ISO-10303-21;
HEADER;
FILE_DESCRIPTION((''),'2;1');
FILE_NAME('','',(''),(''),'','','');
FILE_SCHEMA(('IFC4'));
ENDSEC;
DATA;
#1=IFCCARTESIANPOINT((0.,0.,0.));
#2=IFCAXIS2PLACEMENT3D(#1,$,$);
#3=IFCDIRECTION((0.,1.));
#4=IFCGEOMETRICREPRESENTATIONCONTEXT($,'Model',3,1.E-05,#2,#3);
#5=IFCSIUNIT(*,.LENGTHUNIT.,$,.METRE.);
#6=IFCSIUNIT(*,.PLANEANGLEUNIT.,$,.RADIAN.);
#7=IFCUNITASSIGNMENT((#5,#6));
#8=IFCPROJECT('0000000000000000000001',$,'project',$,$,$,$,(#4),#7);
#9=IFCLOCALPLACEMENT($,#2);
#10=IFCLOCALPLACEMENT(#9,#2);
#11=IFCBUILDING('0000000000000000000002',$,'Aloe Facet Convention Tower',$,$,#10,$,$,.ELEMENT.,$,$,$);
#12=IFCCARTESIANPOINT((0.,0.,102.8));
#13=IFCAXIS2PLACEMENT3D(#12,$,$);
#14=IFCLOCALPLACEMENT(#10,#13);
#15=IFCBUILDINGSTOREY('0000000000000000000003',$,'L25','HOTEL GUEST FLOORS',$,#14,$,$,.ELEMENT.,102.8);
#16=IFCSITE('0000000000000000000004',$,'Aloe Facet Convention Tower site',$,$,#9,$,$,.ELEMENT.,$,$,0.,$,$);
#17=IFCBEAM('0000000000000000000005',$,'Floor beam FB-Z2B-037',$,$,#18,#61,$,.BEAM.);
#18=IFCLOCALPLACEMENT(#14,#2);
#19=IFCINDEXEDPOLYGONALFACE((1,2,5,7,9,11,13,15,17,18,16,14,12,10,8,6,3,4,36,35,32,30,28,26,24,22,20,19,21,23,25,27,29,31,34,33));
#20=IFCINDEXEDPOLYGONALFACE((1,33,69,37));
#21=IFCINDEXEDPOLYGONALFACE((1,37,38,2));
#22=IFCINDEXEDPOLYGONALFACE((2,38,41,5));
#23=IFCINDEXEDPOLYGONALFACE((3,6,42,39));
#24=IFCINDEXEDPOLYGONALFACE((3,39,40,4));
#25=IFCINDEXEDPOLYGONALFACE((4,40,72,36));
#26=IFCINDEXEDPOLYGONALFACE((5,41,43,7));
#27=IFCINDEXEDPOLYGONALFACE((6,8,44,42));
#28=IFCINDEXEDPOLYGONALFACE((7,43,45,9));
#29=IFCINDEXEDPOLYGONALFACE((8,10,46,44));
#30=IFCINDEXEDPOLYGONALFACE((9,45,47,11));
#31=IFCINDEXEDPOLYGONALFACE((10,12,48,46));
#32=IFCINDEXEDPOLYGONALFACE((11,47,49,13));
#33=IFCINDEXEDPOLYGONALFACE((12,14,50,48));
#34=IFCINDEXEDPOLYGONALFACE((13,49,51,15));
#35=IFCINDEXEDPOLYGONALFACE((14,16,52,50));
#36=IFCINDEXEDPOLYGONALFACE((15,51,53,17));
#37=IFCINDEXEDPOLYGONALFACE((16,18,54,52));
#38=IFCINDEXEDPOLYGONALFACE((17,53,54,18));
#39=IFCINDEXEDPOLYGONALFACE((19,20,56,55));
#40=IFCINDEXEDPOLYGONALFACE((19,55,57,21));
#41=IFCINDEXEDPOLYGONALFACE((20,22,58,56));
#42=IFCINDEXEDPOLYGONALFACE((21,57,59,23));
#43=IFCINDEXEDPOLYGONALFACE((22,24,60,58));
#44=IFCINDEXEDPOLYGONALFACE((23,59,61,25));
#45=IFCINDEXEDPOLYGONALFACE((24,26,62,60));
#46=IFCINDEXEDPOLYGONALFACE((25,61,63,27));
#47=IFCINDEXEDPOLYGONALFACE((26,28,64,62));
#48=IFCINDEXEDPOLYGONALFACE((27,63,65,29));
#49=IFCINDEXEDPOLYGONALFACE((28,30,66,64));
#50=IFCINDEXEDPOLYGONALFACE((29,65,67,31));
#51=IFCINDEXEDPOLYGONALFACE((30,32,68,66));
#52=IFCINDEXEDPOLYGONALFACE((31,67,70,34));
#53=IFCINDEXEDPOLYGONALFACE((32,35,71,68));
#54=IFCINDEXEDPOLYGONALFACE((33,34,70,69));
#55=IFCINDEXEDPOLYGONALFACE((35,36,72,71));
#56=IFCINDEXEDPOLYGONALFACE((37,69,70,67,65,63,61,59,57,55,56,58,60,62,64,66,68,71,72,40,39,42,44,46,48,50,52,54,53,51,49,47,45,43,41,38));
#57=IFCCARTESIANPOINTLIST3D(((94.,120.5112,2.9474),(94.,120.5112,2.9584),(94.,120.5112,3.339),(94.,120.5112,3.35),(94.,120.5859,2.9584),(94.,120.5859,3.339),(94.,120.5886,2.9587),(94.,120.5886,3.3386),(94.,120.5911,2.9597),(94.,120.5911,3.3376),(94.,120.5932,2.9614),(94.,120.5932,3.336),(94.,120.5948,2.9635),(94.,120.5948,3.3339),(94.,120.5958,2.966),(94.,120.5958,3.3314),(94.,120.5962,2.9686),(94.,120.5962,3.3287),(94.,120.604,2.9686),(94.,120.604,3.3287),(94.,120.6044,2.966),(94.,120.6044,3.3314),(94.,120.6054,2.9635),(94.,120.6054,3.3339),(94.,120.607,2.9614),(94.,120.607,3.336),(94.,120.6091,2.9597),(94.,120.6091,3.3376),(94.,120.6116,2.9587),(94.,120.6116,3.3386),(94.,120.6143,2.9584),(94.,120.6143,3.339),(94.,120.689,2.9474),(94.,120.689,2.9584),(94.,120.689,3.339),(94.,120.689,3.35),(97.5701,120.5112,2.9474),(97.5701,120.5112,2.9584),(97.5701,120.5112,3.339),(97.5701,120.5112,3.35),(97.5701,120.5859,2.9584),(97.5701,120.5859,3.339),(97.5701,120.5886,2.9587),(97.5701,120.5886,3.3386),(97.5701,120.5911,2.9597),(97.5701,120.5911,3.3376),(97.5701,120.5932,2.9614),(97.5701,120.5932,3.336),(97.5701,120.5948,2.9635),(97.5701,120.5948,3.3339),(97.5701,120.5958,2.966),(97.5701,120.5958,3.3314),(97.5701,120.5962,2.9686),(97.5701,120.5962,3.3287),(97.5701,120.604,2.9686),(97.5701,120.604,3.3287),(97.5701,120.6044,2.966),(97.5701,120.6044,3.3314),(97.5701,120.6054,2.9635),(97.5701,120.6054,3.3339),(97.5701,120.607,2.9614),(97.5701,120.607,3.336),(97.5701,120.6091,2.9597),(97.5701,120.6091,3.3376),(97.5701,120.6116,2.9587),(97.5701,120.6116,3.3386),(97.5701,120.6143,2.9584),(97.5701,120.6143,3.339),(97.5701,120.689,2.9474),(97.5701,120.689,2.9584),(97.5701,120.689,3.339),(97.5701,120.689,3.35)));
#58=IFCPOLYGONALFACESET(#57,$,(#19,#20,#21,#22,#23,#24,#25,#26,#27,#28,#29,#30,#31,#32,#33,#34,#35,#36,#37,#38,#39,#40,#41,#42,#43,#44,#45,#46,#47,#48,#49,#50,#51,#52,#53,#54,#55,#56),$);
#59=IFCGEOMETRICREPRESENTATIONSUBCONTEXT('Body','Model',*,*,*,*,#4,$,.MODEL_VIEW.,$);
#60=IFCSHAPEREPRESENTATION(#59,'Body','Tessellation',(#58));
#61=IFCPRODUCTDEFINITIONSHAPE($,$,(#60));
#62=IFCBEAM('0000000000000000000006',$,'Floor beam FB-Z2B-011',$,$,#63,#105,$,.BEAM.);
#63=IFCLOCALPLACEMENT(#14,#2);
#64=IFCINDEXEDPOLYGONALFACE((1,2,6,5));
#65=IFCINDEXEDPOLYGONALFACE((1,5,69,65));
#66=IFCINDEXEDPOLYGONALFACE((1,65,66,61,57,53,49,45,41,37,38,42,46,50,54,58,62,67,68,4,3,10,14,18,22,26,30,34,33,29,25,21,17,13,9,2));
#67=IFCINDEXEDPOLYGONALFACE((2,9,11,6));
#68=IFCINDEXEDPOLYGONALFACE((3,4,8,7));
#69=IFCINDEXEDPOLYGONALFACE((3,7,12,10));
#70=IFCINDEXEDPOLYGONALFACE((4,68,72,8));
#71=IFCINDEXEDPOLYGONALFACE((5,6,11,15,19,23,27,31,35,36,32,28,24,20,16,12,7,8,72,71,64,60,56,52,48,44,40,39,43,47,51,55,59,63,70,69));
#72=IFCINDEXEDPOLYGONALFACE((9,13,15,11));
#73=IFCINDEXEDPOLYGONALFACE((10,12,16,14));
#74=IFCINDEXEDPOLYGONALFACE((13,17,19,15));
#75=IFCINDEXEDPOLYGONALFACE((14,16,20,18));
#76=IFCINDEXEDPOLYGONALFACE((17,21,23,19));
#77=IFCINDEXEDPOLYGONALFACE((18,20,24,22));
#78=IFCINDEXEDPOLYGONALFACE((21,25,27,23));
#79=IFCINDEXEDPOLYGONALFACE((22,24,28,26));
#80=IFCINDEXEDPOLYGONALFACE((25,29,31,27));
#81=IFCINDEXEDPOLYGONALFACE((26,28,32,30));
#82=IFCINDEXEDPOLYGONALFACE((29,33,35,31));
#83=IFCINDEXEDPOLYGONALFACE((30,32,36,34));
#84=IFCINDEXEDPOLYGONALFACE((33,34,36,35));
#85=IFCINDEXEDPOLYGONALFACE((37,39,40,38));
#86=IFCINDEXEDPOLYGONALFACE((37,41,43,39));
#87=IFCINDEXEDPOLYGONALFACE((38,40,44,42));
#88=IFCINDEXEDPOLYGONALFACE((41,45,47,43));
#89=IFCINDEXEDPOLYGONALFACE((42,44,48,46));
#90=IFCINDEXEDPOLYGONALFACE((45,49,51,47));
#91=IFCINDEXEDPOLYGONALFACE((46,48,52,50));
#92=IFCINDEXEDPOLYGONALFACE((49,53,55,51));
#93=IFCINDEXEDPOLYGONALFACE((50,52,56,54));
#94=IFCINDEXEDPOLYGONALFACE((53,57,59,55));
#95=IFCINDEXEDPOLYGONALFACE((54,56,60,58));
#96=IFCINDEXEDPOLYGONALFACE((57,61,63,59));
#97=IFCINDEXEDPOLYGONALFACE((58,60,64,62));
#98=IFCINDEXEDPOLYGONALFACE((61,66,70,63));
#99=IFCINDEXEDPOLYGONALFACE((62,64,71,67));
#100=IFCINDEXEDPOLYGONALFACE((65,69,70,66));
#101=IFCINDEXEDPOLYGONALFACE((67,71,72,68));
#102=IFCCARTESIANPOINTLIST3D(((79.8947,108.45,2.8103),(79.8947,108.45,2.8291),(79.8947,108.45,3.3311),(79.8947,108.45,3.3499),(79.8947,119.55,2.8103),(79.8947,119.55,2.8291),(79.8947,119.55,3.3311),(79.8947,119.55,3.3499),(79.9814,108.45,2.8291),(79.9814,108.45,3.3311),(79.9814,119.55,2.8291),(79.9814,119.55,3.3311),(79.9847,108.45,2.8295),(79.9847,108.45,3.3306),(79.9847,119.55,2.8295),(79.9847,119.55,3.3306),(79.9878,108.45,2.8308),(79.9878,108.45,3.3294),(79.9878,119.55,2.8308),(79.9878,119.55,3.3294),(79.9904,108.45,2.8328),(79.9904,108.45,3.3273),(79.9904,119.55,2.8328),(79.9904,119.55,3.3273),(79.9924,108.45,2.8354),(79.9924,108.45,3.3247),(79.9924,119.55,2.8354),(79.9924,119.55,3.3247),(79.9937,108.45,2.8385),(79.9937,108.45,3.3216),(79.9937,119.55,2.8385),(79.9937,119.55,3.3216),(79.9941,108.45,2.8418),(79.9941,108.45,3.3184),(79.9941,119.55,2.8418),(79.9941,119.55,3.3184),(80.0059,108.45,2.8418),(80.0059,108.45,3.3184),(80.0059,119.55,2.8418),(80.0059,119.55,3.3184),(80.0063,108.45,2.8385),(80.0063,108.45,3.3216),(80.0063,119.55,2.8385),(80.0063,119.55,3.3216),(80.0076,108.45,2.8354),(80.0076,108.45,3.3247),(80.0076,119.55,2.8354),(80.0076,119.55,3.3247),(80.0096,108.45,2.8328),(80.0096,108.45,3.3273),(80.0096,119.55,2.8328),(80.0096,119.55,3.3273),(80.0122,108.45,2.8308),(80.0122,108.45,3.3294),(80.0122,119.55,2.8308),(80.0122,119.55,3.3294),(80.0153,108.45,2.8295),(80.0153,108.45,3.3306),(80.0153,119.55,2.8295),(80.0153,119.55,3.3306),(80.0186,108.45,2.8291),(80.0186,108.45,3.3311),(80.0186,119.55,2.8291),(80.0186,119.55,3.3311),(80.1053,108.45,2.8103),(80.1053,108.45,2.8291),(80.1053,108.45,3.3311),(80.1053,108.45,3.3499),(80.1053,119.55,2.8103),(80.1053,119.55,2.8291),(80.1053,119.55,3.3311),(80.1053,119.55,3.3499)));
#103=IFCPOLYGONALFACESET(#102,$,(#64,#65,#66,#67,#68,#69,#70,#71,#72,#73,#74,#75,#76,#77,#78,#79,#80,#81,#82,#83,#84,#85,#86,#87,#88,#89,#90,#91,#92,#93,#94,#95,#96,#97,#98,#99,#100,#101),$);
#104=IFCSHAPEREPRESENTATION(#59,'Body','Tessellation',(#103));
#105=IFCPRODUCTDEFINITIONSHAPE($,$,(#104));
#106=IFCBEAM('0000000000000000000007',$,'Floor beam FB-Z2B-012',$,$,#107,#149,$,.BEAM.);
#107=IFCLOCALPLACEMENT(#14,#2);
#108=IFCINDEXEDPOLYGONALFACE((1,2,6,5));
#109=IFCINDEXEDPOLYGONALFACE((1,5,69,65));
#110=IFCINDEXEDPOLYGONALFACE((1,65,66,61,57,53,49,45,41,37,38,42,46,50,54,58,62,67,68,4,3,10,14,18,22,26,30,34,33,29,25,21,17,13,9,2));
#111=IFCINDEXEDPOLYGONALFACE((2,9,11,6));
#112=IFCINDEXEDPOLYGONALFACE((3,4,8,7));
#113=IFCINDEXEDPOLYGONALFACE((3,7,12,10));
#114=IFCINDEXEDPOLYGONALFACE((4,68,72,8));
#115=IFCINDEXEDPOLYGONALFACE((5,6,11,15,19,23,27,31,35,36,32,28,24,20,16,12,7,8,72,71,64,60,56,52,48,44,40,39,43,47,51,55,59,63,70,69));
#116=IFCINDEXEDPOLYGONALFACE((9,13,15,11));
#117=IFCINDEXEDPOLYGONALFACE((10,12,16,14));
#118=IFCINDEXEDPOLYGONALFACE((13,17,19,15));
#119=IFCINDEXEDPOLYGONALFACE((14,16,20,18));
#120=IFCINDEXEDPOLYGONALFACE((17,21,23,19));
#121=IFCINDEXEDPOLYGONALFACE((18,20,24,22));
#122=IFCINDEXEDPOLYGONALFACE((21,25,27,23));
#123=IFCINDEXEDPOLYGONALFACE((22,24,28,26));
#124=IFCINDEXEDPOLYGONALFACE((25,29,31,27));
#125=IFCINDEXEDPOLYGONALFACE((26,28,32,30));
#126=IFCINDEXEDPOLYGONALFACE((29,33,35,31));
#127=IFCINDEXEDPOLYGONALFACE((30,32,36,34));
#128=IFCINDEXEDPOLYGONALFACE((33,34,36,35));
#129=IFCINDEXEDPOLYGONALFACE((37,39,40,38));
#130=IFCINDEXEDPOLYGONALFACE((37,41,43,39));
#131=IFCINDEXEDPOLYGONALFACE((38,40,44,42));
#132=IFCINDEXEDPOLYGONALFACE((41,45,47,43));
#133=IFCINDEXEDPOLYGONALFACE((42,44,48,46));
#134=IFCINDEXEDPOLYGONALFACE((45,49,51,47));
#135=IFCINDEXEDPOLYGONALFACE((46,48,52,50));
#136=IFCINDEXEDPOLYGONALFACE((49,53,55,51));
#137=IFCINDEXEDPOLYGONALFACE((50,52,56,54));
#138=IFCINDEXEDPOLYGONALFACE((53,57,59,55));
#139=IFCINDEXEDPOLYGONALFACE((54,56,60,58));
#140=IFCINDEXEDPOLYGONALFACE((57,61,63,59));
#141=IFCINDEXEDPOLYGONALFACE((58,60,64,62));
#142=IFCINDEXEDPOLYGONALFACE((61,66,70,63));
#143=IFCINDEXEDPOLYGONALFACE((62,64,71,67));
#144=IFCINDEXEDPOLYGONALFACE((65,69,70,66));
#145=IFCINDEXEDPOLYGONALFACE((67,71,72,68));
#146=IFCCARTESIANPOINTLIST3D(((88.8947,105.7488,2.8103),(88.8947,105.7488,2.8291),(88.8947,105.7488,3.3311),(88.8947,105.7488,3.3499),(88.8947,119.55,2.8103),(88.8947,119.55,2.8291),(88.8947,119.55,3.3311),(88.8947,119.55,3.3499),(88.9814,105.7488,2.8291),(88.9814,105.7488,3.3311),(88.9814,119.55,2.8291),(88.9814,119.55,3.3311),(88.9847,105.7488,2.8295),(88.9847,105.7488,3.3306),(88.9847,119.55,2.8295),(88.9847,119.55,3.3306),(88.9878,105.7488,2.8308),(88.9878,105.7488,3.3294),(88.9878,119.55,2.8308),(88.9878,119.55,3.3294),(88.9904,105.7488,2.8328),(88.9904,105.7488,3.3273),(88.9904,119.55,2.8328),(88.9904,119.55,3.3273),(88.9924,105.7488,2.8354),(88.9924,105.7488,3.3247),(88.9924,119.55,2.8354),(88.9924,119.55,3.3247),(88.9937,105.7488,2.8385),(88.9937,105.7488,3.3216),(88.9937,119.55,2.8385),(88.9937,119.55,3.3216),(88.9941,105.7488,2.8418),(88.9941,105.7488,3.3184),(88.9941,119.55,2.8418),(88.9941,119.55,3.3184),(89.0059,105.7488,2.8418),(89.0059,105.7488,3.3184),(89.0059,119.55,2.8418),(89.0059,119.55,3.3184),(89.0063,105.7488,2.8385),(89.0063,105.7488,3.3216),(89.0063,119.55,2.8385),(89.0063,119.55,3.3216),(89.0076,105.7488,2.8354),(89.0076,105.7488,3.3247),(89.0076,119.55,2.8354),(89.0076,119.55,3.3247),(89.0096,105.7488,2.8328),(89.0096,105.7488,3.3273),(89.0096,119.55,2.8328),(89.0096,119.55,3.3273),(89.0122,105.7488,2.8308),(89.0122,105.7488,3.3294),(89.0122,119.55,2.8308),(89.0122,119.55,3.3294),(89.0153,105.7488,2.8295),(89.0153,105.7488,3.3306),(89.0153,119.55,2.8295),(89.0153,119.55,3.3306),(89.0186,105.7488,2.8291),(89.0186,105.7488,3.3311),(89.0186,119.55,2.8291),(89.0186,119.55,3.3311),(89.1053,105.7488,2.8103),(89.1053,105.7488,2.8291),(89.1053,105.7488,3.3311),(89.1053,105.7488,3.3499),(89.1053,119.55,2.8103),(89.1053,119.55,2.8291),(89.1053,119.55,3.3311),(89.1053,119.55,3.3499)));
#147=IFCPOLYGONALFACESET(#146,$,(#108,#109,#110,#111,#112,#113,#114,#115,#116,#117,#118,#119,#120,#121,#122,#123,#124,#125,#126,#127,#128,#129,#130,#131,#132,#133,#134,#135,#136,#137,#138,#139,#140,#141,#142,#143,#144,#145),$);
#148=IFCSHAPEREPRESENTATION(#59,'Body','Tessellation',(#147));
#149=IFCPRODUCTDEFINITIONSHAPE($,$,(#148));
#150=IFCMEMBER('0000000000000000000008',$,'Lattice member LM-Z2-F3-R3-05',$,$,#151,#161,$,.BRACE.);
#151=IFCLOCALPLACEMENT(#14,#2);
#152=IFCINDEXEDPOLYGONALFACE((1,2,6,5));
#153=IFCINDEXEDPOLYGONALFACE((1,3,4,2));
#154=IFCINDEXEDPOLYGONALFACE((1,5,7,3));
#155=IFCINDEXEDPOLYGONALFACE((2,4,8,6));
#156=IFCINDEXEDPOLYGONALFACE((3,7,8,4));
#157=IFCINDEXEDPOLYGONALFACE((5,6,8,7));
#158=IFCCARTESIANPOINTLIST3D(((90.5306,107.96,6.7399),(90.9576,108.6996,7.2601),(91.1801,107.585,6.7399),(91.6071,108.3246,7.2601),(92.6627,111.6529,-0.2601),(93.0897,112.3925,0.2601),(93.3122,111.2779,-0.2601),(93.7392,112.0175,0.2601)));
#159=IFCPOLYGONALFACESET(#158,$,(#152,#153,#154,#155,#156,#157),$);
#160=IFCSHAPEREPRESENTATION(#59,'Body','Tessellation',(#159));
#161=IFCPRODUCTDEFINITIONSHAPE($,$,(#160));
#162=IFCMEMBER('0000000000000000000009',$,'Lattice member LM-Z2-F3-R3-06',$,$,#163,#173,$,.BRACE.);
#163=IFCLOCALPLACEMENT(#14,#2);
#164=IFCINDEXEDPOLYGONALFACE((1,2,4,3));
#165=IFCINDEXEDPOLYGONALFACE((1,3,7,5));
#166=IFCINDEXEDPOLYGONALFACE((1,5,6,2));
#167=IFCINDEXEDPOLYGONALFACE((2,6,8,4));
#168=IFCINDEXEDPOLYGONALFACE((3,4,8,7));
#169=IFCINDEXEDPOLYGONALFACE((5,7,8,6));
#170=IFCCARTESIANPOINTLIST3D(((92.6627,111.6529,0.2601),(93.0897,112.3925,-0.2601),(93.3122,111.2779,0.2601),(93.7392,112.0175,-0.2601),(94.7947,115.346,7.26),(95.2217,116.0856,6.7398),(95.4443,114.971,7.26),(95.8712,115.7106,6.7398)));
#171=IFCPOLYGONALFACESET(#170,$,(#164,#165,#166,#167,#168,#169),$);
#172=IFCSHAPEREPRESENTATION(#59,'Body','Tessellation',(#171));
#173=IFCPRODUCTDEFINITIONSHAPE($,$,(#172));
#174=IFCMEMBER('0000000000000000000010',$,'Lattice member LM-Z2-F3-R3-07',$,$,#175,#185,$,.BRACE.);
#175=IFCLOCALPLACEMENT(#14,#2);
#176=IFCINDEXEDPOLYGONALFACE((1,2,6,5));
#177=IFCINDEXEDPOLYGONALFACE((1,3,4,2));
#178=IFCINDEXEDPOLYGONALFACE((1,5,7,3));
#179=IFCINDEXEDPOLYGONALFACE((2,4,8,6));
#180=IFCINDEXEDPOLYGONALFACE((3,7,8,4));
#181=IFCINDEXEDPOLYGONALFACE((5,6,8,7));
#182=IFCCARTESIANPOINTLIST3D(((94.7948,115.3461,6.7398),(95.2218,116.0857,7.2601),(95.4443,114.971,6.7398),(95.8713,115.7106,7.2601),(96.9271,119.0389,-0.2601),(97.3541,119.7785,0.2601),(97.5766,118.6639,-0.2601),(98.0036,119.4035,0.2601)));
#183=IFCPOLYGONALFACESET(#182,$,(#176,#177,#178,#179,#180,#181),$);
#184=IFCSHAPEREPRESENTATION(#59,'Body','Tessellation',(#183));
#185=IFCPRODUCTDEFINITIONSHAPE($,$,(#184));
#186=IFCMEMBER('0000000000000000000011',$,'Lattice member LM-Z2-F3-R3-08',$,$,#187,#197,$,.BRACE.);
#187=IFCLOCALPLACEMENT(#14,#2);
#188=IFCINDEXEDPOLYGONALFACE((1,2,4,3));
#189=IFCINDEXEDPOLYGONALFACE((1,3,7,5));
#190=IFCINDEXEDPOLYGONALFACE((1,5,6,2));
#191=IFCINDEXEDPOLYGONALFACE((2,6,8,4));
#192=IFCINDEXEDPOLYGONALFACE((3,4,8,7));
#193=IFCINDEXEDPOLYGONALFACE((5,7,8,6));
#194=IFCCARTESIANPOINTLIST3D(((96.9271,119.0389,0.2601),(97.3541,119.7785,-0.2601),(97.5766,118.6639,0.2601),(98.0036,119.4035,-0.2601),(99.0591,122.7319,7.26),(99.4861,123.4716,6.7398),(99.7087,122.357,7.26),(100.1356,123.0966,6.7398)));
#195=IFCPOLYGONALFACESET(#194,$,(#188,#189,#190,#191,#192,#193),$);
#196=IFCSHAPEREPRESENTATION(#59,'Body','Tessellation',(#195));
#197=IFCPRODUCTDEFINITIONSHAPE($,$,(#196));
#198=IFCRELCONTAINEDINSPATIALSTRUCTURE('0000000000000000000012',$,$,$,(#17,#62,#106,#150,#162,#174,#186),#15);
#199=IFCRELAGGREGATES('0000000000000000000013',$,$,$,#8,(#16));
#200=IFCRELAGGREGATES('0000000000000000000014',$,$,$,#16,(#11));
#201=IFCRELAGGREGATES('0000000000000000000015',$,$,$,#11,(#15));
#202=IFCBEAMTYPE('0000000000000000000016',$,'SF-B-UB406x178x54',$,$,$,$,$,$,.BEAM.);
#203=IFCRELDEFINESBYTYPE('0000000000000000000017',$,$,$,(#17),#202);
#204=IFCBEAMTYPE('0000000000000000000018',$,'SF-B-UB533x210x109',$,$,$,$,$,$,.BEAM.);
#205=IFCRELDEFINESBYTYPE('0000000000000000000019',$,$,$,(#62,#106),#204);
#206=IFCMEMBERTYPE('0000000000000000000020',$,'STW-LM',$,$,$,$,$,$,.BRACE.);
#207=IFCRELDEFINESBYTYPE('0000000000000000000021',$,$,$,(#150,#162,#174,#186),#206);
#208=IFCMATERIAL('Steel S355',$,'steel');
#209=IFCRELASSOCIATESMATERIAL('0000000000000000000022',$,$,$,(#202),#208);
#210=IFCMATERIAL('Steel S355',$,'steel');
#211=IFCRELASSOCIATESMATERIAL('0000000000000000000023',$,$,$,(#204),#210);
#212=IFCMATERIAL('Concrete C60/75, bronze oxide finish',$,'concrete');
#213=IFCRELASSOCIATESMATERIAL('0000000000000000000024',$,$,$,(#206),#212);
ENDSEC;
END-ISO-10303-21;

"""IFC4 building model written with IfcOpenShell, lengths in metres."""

from ifc_helpers import new_model, si_unit, direction, frame, origin, origin_2d, place, context, subcontext, project, spatial, rectangle, i_section, extrude, material, material_profile, profile_set, type_object, element, save


model = new_model("IFC4")

# Units and contexts
model_context = context("Model", 3, precision=1e-05, world=origin(), true_north=direction((0.0, 1.0)))
body_context = subcontext(model_context, "Body", "Model", "MODEL_VIEW")
ifc_project = project(units=[si_unit("LENGTHUNIT", "METRE"), si_unit("PLANEANGLEUNIT", "RADIAN")], contexts=[model_context])

# Site, building, storey
site_placement = place(None, origin())
site = spatial("IfcSite", under=ifc_project, at=site_placement, Name="Aloe Facet Convention Tower site", CompositionType="ELEMENT", RefElevation=0.0)
building_placement = place(site_placement, origin())
building = spatial("IfcBuilding", under=site, at=building_placement, Name="Aloe Facet Convention Tower", CompositionType="ELEMENT")
storey_placement = place(building_placement, frame((0.0, 0.0, 102.8)))
storey = spatial("IfcBuildingStorey", under=building, at=storey_placement, Name="L25", Description="HOTEL GUEST FLOORS", CompositionType="ELEMENT", Elevation=102.8)

# Beams
ifc_material_1 = material(Name="Steel S355", Category="steel")
ifc_material_profile_1 = material_profile(ifc_material_1, i_section(OverallWidth=0.1777, OverallDepth=0.4026, WebThickness=0.0078, FlangeThickness=0.011, FilletRadius=0.0103, at=origin_2d()), Name="UB 406x178x54")
ifc_profile_set_1 = profile_set([ifc_material_profile_1], Name="Steel S355")
beam_type_1 = type_object("IfcBeamType", Name="SF-B-UB406x178x54", PredefinedType="BEAM", material=ifc_profile_set_1)
beam_1_placement = place(storey_placement, frame((94.0, 120.6001, 3.1487), z_axis=(1.0, 0.0, 0.0), x_axis=(0.0, 1.0, 0.0)))
element("IfcBeam", 1, at=beam_1_placement, inside=storey, type_object=beam_type_1, Name="Floor beam FB-Z2B-037", PredefinedType="BEAM", context=body_context, shape_type="SweptSolid", body=[
    extrude(i_section(OverallWidth=0.1777, OverallDepth=0.4026, WebThickness=0.0078, FlangeThickness=0.011, FilletRadius=0.0103, at=origin_2d()), origin(), (0.0, 0.0, 1.0), 3.5701),
])
ifc_material_2 = material(Name="Steel S355", Category="steel")
ifc_material_profile_2 = material_profile(ifc_material_2, i_section(OverallWidth=0.2107, OverallDepth=0.5396, WebThickness=0.0117, FlangeThickness=0.0188, FilletRadius=0.0127, at=origin_2d()), Name="UB 533x210x109")
ifc_profile_set_2 = profile_set([ifc_material_profile_2], Name="Steel S355")
beam_type_2 = type_object("IfcBeamType", Name="SF-B-UB533x210x109", PredefinedType="BEAM", material=ifc_profile_set_2)
beam_2_placement = place(storey_placement, frame((80.0, 119.55, 3.0801), z_axis=(0.0, -1.0, 0.0), x_axis=(1.0, 0.0, 0.0)))
element("IfcBeam", 2, at=beam_2_placement, inside=storey, type_object=beam_type_2, Name="Floor beam FB-Z2B-011", PredefinedType="BEAM", context=body_context, shape_type="SweptSolid", body=[
    extrude(i_section(OverallWidth=0.2107, OverallDepth=0.5396, WebThickness=0.0117, FlangeThickness=0.0188, FilletRadius=0.0127, at=origin_2d()), origin(), (0.0, 0.0, 1.0), 11.1001),
])
beam_3_placement = place(storey_placement, frame((89.0, 119.55, 3.0801), z_axis=(0.0, -1.0, 0.0), x_axis=(1.0, 0.0, 0.0)))
element("IfcBeam", 3, at=beam_3_placement, inside=storey, type_object=beam_type_2, Name="Floor beam FB-Z2B-012", PredefinedType="BEAM", context=body_context, shape_type="SweptSolid", body=[
    extrude(i_section(OverallWidth=0.2107, OverallDepth=0.5396, WebThickness=0.0117, FlangeThickness=0.0188, FilletRadius=0.0127, at=origin_2d()), origin(), (0.0, 0.0, 1.0), 13.8013),
])

# Members
ifc_material_3 = material(Name="Concrete C60/75, bronze oxide finish", Category="concrete")
ifc_material_profile_3 = material_profile(ifc_material_3, rectangle(XDim=0.75, YDim=1.0, at=origin_2d()), Name="STW-LM")
ifc_profile_set_3 = profile_set([ifc_material_profile_3], Name="Concrete C60/75, bronze oxide finish")
member_type = type_object("IfcMemberType", Name="STW-LM", PredefinedType="BRACE", material=ifc_profile_set_3)
for number, where, z_axis, x_axis, name in (
    (4, (93.2009, 111.8352, 0.0), (-0.26012, -0.450541, 0.85402), (0.866025, -0.5, 0.0), "Lattice member LM-Z2-F3-R3-05"),
    (5, (93.2009, 111.8352, 0.0), (0.260116, 0.450565, 0.854009), (-0.86604, 0.499975, 0.0), "Lattice member LM-Z2-F3-R3-06"),
    (6, (97.4653, 119.2212, 0.0), (-0.260148, -0.450537, 0.854014), (0.866001, -0.500043, 0.0), "Lattice member LM-Z2-F3-R3-07"),
    (7, (97.4653, 119.2212, 0.0), (0.260116, 0.450565, 0.854009), (-0.86604, 0.499975, 0.0), "Lattice member LM-Z2-F3-R3-08"),
):
    element("IfcMember", number, at=place(storey_placement, frame(where, z_axis=z_axis, x_axis=x_axis)), inside=storey, type_object=member_type, Name=name, PredefinedType="BRACE", context=body_context, shape_type="SweptSolid", body=[
        extrude(rectangle(XDim=0.75, YDim=1.0, at=origin_2d()), origin(), (0.0, 0.0, 1.0), 8.1965),
    ])

save(model, "model.ifc")
